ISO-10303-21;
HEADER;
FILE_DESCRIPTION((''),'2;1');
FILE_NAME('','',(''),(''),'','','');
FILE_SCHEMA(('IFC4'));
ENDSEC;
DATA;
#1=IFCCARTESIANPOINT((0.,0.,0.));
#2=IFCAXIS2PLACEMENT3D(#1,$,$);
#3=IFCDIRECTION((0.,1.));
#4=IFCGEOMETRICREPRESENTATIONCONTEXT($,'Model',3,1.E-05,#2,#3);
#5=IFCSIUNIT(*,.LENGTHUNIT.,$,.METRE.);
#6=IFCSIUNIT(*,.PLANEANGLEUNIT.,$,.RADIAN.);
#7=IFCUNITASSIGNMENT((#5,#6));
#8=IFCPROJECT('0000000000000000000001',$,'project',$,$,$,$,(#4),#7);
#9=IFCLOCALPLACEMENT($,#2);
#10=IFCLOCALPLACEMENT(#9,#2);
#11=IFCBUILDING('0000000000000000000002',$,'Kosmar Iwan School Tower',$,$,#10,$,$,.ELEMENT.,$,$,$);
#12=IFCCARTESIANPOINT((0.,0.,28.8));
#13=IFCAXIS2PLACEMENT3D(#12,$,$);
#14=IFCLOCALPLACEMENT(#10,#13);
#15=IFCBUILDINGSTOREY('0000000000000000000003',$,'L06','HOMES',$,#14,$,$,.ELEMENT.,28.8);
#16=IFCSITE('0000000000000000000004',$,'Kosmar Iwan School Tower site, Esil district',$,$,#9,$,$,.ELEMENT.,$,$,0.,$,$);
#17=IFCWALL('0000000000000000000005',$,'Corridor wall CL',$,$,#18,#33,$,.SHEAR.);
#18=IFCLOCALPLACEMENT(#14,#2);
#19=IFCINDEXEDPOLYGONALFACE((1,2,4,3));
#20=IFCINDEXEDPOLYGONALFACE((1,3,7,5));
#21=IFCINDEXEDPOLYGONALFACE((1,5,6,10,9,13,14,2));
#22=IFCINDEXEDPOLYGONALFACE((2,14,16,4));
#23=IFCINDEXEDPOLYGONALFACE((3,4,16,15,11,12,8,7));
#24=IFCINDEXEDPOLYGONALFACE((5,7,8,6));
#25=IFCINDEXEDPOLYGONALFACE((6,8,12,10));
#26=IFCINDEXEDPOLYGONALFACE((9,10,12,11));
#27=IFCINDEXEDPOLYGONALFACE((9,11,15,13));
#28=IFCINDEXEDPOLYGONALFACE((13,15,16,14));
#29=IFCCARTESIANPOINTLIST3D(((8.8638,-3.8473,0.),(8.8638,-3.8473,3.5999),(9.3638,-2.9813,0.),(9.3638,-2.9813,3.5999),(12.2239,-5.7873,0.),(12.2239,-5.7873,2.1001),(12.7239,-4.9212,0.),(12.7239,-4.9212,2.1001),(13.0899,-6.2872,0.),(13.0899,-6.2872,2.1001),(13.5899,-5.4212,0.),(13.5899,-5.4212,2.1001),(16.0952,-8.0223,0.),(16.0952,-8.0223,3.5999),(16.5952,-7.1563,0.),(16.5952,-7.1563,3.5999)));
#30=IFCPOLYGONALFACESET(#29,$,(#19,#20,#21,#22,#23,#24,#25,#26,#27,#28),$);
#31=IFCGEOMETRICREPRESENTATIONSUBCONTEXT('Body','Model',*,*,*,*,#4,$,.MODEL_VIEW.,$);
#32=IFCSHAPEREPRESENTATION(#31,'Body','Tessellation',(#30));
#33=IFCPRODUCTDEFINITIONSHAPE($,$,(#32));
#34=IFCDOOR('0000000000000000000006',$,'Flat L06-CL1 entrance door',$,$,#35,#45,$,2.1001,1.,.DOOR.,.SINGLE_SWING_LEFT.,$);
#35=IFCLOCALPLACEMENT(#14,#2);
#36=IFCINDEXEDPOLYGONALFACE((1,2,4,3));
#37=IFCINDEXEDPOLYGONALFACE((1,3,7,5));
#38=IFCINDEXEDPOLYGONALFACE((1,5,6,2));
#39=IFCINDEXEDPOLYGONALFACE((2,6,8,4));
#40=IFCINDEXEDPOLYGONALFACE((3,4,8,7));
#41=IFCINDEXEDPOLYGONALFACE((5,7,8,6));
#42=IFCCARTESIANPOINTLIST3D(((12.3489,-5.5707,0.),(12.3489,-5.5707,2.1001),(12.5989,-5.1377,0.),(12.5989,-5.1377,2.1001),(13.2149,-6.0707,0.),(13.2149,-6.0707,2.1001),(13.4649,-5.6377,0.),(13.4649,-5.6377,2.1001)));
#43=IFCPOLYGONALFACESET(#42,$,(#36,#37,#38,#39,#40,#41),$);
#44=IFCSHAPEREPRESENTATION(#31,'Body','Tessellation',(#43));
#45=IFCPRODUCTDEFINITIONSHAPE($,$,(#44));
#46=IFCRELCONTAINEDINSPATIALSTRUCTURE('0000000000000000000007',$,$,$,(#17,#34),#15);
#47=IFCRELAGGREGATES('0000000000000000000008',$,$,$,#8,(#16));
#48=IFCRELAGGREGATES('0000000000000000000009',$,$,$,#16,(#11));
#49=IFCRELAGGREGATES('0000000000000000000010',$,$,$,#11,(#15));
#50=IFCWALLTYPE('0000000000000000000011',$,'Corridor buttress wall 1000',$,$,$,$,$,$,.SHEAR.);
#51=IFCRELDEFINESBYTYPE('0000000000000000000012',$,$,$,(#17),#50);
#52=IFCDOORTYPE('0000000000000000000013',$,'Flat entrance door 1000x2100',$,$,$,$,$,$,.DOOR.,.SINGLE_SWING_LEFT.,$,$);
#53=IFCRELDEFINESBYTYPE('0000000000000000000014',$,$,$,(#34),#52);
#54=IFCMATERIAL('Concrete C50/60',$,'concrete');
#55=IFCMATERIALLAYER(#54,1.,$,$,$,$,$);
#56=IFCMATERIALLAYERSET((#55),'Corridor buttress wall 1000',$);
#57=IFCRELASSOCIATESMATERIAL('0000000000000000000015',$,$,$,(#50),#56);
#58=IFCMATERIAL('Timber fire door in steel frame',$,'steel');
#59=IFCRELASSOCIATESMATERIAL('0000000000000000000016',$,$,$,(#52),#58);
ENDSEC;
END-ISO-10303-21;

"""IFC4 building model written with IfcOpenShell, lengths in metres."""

from ifc_helpers import new_model, si_unit, direction, frame, frame_2d, origin, place, context, subcontext, project, spatial, rectangle, extrude, material, layer, layer_set, type_object, element, fill, save


model = new_model("IFC4")

# Units and contexts
model_context = context("Model", 3, precision=1e-05, world=origin(), true_north=direction((0.0, 1.0)))
body_context = subcontext(model_context, "Body", "Model", "MODEL_VIEW")
ifc_project = project(units=[si_unit("LENGTHUNIT", "METRE"), si_unit("PLANEANGLEUNIT", "RADIAN")], contexts=[model_context])

# Site, building, storey
site_placement = place(None, origin())
site = spatial("IfcSite", under=ifc_project, at=site_placement, Name="Kosmar Iwan School Tower site, Esil district", CompositionType="ELEMENT", RefElevation=0.0)
building_placement = place(site_placement, origin())
building = spatial("IfcBuilding", under=site, at=building_placement, Name="Kosmar Iwan School Tower", CompositionType="ELEMENT")
storey_placement = place(building_placement, frame((0.0, 0.0, 28.8)))
storey = spatial("IfcBuildingStorey", under=building, at=storey_placement, Name="L06", Description="HOMES", CompositionType="ELEMENT", Elevation=28.8)

# Wall, opening, door
ifc_material_1 = material(Name="Concrete C50/60", Category="concrete")
ifc_layer_1 = layer(ifc_material_1, 1.0)
ifc_layer_set_1 = layer_set([ifc_layer_1], Name="Corridor buttress wall 1000")
wall_type_1 = type_object("IfcWallType", Name="Corridor buttress wall 1000", PredefinedType="SHEAR", material=ifc_layer_set_1)
wall_1_placement = place(storey_placement, frame((9.1138, -3.4143, 0.0), z_axis=(0.0, 0.0, 1.0), x_axis=(0.866027, -0.499997, 0.0)))
wall_1 = element("IfcWall", 1, at=wall_1_placement, inside=storey, type_object=wall_type_1, Name="Corridor wall CL", PredefinedType="SHEAR", context=body_context, shape_type="SweptSolid", body=[
    extrude(rectangle(XDim=8.3501, YDim=1.0, at=frame_2d((4.175, 0.0))), origin(), (0.0, 0.0, 1.0), 3.5999),
])
opening_1_placement = place(wall_1_placement, frame((3.8799, 0.0, 0.0)))
opening_1 = element("IfcOpeningElement", 2, at=opening_1_placement, cuts=wall_1, PredefinedType="OPENING", context=body_context, shape_type="SweptSolid", body=[
    extrude(rectangle(XDim=1.0, YDim=2.1001, at=frame_2d((0.5, 1.05))), frame((0.0, 0.512, 0.0), z_axis=(0.0, -1.0, 0.0), x_axis=(1.0, 0.0, 0.0)), (0.0, 0.0, 1.0), 1.0239),
])
ifc_material_2 = material(Name="Timber fire door in steel frame", Category="steel")
door_type_1 = type_object("IfcDoorType", Name="Flat entrance door 1000x2100", OperationType="SINGLE_SWING_LEFT", PredefinedType="DOOR", material=ifc_material_2)
door_1_placement = place(opening_1_placement, origin())
door_1 = element("IfcDoor", 3, at=door_1_placement, inside=storey, type_object=door_type_1, Name="Flat L06-CL1 entrance door", OperationType="SINGLE_SWING_LEFT", OverallHeight=2.1001, OverallWidth=1.0, PredefinedType="DOOR", context=body_context, shape_type="SweptSolid", body=[
    extrude(rectangle(XDim=1.0, YDim=2.1001, at=frame_2d((0.5, 1.05))), frame((0.0, 0.25, 0.0), z_axis=(0.0, -1.0, 0.0), x_axis=(1.0, 0.0, 0.0)), (0.0, 0.0, 1.0), 0.5),
])
fill(opening_1, door_1)

save(model, "model.ifc")
